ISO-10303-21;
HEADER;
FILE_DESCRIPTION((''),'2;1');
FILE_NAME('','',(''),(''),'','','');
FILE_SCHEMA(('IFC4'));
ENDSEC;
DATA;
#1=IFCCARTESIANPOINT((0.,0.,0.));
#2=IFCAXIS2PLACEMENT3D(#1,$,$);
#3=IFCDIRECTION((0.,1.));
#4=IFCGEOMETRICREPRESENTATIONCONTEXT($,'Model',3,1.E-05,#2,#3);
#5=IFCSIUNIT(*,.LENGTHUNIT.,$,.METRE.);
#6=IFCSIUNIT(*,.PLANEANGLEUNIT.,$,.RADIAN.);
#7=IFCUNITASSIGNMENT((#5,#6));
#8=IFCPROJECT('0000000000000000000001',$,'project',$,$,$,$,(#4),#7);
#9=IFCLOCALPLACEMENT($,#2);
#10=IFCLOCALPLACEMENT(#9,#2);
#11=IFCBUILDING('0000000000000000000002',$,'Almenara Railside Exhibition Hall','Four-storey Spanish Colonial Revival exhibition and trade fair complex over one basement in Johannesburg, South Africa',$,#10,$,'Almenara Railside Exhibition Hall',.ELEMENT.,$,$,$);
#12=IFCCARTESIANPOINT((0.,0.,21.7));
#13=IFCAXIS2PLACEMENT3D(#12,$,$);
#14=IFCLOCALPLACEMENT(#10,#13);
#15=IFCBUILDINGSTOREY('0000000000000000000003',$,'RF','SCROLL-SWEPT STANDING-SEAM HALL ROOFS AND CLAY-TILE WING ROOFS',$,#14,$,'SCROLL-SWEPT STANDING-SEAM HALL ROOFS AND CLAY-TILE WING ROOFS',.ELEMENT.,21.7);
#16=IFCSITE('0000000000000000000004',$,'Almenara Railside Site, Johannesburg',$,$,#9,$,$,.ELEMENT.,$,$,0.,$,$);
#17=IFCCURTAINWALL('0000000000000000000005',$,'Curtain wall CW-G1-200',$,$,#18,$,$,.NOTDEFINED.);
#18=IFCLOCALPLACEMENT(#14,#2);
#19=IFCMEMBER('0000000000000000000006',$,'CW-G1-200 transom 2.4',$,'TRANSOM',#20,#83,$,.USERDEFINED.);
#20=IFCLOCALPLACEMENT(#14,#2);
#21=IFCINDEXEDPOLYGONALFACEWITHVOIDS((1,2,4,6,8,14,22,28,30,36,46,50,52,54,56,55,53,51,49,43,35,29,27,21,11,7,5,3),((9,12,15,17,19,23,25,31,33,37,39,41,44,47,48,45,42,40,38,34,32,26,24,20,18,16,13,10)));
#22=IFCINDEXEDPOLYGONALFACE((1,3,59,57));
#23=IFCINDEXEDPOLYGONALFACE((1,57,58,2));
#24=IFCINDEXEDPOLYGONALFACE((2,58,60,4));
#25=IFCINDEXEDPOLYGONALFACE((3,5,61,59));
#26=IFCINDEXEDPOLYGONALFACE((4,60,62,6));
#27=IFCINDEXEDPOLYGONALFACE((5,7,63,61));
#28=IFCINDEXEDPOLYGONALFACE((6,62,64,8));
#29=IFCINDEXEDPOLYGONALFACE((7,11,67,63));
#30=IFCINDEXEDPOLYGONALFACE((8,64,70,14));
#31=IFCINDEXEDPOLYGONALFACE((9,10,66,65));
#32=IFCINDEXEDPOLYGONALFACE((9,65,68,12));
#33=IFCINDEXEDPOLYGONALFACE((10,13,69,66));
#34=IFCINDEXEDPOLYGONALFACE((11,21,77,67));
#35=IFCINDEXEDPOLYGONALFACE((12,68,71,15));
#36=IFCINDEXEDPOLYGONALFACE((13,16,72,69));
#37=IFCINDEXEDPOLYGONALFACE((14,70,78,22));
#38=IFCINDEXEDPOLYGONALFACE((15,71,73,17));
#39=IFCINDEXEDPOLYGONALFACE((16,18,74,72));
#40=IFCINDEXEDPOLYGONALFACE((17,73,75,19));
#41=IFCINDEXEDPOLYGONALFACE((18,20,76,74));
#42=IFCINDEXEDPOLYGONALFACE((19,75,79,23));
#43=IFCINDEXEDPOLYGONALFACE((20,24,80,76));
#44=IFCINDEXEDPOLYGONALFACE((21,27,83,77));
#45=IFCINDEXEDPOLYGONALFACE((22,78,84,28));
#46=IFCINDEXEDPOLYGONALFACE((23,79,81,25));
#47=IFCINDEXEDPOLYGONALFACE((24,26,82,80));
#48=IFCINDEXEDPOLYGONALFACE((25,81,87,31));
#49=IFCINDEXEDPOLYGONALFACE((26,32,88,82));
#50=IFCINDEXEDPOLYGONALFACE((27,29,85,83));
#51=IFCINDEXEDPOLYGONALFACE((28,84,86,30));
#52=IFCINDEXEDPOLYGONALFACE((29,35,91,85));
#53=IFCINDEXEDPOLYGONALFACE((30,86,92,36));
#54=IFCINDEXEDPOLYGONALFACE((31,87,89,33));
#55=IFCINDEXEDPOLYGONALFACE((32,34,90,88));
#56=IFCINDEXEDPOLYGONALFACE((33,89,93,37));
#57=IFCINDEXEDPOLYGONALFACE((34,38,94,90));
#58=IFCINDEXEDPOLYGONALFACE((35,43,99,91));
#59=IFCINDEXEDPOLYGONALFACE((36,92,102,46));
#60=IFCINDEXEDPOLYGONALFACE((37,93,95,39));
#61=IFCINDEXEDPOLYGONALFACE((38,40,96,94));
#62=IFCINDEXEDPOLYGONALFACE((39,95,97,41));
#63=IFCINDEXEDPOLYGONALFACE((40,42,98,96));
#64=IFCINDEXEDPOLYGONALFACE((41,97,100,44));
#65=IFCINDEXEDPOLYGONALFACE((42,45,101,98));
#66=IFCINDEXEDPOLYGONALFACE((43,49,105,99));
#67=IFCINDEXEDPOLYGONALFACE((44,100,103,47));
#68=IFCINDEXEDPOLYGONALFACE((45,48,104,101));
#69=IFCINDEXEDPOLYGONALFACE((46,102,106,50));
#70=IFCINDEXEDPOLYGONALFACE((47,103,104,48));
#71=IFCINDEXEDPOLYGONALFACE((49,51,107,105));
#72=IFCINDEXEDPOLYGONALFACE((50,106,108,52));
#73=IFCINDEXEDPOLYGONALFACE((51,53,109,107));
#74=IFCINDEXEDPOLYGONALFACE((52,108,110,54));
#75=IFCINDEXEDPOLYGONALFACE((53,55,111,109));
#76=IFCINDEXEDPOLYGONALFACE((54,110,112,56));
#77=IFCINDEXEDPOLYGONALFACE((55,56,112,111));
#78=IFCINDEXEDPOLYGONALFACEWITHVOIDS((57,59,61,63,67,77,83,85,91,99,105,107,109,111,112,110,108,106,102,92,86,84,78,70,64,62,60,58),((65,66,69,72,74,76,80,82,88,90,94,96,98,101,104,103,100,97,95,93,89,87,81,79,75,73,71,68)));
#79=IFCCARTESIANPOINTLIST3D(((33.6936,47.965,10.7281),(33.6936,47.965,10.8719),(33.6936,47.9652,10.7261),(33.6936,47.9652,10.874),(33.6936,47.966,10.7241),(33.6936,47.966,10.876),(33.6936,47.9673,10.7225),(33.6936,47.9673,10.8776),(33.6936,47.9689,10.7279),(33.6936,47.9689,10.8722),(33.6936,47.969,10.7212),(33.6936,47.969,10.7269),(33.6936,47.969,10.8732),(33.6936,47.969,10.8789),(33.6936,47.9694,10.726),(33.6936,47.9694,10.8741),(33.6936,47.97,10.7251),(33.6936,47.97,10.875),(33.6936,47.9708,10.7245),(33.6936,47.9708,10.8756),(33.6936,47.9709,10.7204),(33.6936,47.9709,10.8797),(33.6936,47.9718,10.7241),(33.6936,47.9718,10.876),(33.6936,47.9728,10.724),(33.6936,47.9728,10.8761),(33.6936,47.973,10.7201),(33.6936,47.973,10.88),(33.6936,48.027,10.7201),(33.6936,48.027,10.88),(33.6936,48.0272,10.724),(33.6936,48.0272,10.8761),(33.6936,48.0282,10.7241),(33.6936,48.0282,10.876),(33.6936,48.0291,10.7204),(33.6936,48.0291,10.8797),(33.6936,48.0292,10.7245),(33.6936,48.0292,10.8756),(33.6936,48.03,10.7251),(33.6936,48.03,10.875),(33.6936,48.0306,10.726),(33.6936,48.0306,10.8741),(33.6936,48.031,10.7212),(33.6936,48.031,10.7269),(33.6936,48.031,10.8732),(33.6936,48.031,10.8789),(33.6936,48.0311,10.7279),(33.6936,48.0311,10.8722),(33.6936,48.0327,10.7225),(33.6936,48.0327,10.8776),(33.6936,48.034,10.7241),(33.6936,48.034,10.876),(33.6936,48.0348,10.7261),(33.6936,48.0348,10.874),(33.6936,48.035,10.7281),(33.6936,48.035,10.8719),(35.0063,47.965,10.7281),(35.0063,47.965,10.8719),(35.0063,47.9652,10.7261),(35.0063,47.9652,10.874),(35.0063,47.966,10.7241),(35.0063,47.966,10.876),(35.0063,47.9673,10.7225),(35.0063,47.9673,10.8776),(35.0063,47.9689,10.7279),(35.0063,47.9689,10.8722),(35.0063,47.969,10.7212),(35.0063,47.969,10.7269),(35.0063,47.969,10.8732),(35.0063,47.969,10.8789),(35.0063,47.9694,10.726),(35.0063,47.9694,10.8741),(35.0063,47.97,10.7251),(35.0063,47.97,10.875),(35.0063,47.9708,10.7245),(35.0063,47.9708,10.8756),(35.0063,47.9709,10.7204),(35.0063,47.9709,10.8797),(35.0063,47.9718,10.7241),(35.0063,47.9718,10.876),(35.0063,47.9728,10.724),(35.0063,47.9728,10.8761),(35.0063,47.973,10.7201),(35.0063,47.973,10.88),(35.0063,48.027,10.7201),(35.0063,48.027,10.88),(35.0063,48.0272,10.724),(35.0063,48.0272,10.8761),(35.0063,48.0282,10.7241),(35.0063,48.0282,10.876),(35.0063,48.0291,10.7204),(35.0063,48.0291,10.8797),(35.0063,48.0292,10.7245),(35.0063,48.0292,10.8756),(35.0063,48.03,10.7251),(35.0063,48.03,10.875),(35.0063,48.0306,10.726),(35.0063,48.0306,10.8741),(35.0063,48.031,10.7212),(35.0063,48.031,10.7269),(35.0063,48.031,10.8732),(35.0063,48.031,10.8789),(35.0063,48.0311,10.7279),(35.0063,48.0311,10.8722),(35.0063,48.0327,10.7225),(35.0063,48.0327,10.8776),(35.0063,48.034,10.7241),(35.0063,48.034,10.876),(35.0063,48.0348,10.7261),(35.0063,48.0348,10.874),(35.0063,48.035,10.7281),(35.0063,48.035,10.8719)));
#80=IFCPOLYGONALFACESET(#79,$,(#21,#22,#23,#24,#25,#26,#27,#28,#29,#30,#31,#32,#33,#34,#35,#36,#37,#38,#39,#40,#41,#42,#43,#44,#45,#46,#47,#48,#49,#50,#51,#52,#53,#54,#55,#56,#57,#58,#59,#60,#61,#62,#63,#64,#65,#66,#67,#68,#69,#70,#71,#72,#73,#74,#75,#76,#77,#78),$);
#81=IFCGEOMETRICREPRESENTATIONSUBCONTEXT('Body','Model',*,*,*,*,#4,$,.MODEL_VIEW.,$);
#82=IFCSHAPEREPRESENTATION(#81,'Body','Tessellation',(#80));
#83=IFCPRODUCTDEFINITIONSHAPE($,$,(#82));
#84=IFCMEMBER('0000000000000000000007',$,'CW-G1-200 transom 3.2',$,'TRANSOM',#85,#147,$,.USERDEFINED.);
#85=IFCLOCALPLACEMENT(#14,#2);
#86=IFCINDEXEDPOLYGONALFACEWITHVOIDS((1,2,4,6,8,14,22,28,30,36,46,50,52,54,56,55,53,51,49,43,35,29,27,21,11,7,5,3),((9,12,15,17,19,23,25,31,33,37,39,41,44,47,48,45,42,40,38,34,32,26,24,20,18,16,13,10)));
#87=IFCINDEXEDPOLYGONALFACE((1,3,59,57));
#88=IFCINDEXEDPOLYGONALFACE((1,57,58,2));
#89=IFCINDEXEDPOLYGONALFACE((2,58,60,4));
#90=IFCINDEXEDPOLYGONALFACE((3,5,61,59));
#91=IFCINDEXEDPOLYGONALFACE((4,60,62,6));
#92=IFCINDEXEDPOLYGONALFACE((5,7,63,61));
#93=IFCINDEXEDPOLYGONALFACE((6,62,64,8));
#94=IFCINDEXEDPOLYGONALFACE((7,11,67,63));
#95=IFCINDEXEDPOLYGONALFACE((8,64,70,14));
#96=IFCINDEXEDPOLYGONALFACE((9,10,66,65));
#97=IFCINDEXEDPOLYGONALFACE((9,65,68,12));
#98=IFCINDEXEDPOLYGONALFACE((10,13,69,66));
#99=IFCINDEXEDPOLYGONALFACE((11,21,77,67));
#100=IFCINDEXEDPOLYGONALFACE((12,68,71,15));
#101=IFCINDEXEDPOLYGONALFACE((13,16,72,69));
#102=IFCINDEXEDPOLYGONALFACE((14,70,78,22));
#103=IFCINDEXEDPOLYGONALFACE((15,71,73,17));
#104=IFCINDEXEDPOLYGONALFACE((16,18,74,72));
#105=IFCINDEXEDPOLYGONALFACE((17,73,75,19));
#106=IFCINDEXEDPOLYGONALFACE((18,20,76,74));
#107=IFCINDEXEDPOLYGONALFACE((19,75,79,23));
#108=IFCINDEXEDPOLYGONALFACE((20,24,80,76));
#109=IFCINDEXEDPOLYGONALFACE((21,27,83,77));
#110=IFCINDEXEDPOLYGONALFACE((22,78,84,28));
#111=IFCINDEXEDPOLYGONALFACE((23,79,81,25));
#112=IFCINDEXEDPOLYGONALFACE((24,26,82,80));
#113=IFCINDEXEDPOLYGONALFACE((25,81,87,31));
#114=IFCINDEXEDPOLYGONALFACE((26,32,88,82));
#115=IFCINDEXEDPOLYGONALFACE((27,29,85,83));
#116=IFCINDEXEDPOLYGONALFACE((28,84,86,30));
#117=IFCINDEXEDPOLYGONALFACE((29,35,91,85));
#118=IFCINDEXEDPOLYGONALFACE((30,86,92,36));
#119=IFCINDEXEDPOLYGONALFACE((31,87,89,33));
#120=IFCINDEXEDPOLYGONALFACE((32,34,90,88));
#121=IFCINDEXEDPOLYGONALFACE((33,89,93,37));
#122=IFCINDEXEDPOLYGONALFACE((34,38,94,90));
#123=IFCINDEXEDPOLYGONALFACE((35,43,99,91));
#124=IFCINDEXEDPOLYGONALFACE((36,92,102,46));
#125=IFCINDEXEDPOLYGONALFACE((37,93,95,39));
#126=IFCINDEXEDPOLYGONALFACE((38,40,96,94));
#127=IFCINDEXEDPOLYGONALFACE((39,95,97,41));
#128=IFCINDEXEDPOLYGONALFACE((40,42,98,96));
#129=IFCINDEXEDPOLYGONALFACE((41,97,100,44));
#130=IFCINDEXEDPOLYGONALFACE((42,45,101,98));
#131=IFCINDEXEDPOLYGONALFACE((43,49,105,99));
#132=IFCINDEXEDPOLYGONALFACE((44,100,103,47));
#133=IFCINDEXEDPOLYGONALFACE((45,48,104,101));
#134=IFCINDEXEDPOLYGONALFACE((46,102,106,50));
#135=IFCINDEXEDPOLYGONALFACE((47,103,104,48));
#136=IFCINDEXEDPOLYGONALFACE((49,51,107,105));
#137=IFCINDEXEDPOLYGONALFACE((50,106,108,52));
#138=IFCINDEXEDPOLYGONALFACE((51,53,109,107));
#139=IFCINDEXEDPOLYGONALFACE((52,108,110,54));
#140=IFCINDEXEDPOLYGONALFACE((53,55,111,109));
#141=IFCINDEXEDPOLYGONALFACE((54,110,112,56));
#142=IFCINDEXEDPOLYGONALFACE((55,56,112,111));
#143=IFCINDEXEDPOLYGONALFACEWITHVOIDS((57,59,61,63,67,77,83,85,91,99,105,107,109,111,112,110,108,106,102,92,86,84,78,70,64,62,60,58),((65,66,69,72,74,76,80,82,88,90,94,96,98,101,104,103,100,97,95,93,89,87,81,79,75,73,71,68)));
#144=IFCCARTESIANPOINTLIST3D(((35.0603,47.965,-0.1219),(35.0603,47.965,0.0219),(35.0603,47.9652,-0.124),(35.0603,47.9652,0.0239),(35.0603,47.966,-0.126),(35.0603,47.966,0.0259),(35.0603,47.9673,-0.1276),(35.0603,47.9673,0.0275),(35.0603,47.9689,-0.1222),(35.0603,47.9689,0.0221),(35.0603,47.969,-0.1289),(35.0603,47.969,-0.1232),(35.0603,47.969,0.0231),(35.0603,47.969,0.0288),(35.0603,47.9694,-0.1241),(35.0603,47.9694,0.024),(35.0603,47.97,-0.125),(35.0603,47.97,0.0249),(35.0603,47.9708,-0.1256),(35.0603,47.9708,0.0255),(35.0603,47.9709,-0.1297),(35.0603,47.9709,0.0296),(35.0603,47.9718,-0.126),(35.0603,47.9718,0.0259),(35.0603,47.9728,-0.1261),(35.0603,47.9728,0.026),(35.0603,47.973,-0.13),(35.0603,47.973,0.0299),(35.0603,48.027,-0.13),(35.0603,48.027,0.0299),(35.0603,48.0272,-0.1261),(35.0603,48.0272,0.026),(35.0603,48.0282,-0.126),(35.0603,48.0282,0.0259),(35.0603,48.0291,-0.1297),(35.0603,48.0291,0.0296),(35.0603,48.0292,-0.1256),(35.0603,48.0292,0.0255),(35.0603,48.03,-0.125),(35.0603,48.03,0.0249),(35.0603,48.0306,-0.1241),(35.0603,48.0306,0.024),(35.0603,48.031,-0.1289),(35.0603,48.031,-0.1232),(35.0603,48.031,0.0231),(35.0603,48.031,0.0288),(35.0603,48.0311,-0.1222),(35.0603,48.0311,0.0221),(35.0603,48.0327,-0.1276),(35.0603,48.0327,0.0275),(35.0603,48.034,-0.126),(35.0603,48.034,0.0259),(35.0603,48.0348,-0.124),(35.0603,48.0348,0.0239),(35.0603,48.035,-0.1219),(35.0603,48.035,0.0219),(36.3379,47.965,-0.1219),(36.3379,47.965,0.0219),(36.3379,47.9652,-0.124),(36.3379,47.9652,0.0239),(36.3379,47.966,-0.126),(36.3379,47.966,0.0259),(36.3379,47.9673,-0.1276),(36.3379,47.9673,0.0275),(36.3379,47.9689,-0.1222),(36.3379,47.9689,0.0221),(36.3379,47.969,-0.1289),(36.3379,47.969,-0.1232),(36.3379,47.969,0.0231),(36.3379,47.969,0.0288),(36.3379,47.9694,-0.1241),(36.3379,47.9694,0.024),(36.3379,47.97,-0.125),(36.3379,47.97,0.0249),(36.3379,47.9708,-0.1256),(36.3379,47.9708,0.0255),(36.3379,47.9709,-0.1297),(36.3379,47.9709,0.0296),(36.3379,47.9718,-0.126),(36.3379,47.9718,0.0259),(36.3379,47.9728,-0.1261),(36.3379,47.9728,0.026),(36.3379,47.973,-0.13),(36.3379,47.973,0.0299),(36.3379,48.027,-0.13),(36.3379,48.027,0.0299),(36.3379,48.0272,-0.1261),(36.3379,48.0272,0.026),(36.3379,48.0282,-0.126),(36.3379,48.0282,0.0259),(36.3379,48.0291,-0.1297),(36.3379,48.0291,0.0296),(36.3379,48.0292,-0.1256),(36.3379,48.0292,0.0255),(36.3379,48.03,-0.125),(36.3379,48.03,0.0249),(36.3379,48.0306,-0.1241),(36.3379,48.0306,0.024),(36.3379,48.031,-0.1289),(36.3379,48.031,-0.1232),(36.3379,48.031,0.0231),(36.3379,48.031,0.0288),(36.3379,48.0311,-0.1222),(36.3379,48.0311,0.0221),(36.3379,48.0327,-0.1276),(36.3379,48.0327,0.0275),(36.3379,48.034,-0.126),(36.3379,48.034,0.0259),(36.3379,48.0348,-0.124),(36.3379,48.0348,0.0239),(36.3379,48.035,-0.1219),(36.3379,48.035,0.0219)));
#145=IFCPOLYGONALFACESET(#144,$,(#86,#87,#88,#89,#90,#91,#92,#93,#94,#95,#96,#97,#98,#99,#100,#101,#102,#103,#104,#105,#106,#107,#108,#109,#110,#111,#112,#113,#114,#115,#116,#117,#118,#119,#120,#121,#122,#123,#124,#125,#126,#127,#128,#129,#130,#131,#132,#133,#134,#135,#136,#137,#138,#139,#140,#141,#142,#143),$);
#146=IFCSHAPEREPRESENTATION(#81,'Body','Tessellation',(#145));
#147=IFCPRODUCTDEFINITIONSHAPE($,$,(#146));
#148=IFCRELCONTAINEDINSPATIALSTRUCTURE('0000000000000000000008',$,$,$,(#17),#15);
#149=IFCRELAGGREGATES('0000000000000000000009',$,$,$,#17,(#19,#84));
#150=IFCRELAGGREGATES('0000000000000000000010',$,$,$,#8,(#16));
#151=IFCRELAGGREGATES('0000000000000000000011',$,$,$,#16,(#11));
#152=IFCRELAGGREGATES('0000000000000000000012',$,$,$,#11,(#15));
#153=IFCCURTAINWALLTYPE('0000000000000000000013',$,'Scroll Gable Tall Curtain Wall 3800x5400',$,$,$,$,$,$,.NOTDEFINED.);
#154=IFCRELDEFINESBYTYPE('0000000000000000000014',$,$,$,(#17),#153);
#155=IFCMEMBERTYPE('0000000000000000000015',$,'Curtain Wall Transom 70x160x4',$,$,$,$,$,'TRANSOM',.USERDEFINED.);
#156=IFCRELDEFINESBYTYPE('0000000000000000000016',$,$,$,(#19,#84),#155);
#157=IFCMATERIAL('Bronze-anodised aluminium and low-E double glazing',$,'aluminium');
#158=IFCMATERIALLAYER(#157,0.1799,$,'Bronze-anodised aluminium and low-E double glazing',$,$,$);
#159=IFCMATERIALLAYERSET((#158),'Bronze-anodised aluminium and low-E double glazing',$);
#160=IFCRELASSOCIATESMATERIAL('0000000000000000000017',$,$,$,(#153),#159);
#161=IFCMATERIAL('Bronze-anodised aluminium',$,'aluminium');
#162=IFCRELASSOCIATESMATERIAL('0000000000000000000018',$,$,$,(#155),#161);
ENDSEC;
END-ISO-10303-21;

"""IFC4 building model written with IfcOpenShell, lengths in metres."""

from ifc_helpers import new_model, si_unit, direction, frame, origin, origin_2d, place, context, subcontext, project, spatial, hollow_rectangle, extrude, material, layer, layer_set, material_profile, profile_set, type_object, element, aggregate, save


model = new_model("IFC4")

# Units and contexts
model_context = context("Model", 3, precision=1e-05, world=origin(), true_north=direction((0.0, 1.0)))
body_context = subcontext(model_context, "Body", "Model", "MODEL_VIEW")
ifc_project = project(units=[si_unit("LENGTHUNIT", "METRE"), si_unit("PLANEANGLEUNIT", "RADIAN")], contexts=[model_context])

# Site, building, storey
site_placement = place(None, origin())
site = spatial("IfcSite", under=ifc_project, at=site_placement, Name="Almenara Railside Site, Johannesburg", CompositionType="ELEMENT", RefElevation=0.0)
building_placement = place(site_placement, origin())
building = spatial("IfcBuilding", under=site, at=building_placement, Name="Almenara Railside Exhibition Hall", Description="Four-storey Spanish Colonial Revival exhibition and trade fair complex over one basement in Johannesburg, South Africa", LongName="Almenara Railside Exhibition Hall", CompositionType="ELEMENT")
storey_placement = place(building_placement, frame((0.0, 0.0, 21.7)))
storey = spatial("IfcBuildingStorey", under=building, at=storey_placement, Name="RF", Description="SCROLL-SWEPT STANDING-SEAM HALL ROOFS AND CLAY-TILE WING ROOFS", LongName="SCROLL-SWEPT STANDING-SEAM HALL ROOFS AND CLAY-TILE WING ROOFS", CompositionType="ELEMENT", Elevation=21.7)

# Curtain wall, members
ifc_material_1 = material(Name="Bronze-anodised aluminium and low-E double glazing", Category="aluminium")
ifc_layer_1 = layer(ifc_material_1, 0.1799, Name="Bronze-anodised aluminium and low-E double glazing")
ifc_layer_set_1 = layer_set([ifc_layer_1], Name="Bronze-anodised aluminium and low-E double glazing")
curtain_wall_type = type_object("IfcCurtainWallType", Name="Scroll Gable Tall Curtain Wall 3800x5400", PredefinedType="NOTDEFINED", material=ifc_layer_set_1)
ifc_material_2 = material(Name="Bronze-anodised aluminium", Category="aluminium")
curtain_wall_1_placement = place(storey_placement, origin())
curtain_wall_1 = element("IfcCurtainWall", 1, at=curtain_wall_1_placement, inside=storey, type_object=curtain_wall_type, Name="Curtain wall CW-G1-200", PredefinedType="NOTDEFINED")
ifc_material_profile_1 = material_profile(ifc_material_2, hollow_rectangle(XDim=0.0701, YDim=0.1599, WallThickness=0.0039, InnerFilletRadius=0.0039, OuterFilletRadius=0.0081, at=origin_2d()), Name="ALU-TRN 70x160x4")
ifc_profile_set_1 = profile_set([ifc_material_profile_1], Name="Bronze-anodised aluminium")
member_type_1 = type_object("IfcMemberType", Name="Curtain Wall Transom 70x160x4", ElementType="TRANSOM", PredefinedType="USERDEFINED", material=ifc_profile_set_1)
member_1_placement = place(storey_placement, frame((33.6936, 48.0, 10.8), z_axis=(1.0, 0.0, 0.0), x_axis=(0.0, 1.0, 0.0)))
member_1 = element("IfcMember", 2, at=member_1_placement, type_object=member_type_1, Name="CW-G1-200 transom 2.4", ObjectType="TRANSOM", PredefinedType="USERDEFINED", context=body_context, shape_type="SweptSolid", body=[
    extrude(hollow_rectangle(XDim=0.0701, YDim=0.1599, WallThickness=0.0039, InnerFilletRadius=0.0039, OuterFilletRadius=0.0081, at=origin_2d()), origin(), (0.0, 0.0, 1.0), 1.3127),
])
member_2_placement = place(storey_placement, frame((35.0603, 48.0, -0.05), z_axis=(1.0, 0.0, 0.0), x_axis=(0.0, 1.0, 0.0)))
member_2 = element("IfcMember", 3, at=member_2_placement, type_object=member_type_1, Name="CW-G1-200 transom 3.2", ObjectType="TRANSOM", PredefinedType="USERDEFINED", context=body_context, shape_type="SweptSolid", body=[
    extrude(hollow_rectangle(XDim=0.0701, YDim=0.1599, WallThickness=0.0039, InnerFilletRadius=0.0039, OuterFilletRadius=0.0081, at=origin_2d()), origin(), (0.0, 0.0, 1.0), 1.2776),
])

aggregate(curtain_wall_1, [member_1, member_2])

save(model, "model.ifc")
